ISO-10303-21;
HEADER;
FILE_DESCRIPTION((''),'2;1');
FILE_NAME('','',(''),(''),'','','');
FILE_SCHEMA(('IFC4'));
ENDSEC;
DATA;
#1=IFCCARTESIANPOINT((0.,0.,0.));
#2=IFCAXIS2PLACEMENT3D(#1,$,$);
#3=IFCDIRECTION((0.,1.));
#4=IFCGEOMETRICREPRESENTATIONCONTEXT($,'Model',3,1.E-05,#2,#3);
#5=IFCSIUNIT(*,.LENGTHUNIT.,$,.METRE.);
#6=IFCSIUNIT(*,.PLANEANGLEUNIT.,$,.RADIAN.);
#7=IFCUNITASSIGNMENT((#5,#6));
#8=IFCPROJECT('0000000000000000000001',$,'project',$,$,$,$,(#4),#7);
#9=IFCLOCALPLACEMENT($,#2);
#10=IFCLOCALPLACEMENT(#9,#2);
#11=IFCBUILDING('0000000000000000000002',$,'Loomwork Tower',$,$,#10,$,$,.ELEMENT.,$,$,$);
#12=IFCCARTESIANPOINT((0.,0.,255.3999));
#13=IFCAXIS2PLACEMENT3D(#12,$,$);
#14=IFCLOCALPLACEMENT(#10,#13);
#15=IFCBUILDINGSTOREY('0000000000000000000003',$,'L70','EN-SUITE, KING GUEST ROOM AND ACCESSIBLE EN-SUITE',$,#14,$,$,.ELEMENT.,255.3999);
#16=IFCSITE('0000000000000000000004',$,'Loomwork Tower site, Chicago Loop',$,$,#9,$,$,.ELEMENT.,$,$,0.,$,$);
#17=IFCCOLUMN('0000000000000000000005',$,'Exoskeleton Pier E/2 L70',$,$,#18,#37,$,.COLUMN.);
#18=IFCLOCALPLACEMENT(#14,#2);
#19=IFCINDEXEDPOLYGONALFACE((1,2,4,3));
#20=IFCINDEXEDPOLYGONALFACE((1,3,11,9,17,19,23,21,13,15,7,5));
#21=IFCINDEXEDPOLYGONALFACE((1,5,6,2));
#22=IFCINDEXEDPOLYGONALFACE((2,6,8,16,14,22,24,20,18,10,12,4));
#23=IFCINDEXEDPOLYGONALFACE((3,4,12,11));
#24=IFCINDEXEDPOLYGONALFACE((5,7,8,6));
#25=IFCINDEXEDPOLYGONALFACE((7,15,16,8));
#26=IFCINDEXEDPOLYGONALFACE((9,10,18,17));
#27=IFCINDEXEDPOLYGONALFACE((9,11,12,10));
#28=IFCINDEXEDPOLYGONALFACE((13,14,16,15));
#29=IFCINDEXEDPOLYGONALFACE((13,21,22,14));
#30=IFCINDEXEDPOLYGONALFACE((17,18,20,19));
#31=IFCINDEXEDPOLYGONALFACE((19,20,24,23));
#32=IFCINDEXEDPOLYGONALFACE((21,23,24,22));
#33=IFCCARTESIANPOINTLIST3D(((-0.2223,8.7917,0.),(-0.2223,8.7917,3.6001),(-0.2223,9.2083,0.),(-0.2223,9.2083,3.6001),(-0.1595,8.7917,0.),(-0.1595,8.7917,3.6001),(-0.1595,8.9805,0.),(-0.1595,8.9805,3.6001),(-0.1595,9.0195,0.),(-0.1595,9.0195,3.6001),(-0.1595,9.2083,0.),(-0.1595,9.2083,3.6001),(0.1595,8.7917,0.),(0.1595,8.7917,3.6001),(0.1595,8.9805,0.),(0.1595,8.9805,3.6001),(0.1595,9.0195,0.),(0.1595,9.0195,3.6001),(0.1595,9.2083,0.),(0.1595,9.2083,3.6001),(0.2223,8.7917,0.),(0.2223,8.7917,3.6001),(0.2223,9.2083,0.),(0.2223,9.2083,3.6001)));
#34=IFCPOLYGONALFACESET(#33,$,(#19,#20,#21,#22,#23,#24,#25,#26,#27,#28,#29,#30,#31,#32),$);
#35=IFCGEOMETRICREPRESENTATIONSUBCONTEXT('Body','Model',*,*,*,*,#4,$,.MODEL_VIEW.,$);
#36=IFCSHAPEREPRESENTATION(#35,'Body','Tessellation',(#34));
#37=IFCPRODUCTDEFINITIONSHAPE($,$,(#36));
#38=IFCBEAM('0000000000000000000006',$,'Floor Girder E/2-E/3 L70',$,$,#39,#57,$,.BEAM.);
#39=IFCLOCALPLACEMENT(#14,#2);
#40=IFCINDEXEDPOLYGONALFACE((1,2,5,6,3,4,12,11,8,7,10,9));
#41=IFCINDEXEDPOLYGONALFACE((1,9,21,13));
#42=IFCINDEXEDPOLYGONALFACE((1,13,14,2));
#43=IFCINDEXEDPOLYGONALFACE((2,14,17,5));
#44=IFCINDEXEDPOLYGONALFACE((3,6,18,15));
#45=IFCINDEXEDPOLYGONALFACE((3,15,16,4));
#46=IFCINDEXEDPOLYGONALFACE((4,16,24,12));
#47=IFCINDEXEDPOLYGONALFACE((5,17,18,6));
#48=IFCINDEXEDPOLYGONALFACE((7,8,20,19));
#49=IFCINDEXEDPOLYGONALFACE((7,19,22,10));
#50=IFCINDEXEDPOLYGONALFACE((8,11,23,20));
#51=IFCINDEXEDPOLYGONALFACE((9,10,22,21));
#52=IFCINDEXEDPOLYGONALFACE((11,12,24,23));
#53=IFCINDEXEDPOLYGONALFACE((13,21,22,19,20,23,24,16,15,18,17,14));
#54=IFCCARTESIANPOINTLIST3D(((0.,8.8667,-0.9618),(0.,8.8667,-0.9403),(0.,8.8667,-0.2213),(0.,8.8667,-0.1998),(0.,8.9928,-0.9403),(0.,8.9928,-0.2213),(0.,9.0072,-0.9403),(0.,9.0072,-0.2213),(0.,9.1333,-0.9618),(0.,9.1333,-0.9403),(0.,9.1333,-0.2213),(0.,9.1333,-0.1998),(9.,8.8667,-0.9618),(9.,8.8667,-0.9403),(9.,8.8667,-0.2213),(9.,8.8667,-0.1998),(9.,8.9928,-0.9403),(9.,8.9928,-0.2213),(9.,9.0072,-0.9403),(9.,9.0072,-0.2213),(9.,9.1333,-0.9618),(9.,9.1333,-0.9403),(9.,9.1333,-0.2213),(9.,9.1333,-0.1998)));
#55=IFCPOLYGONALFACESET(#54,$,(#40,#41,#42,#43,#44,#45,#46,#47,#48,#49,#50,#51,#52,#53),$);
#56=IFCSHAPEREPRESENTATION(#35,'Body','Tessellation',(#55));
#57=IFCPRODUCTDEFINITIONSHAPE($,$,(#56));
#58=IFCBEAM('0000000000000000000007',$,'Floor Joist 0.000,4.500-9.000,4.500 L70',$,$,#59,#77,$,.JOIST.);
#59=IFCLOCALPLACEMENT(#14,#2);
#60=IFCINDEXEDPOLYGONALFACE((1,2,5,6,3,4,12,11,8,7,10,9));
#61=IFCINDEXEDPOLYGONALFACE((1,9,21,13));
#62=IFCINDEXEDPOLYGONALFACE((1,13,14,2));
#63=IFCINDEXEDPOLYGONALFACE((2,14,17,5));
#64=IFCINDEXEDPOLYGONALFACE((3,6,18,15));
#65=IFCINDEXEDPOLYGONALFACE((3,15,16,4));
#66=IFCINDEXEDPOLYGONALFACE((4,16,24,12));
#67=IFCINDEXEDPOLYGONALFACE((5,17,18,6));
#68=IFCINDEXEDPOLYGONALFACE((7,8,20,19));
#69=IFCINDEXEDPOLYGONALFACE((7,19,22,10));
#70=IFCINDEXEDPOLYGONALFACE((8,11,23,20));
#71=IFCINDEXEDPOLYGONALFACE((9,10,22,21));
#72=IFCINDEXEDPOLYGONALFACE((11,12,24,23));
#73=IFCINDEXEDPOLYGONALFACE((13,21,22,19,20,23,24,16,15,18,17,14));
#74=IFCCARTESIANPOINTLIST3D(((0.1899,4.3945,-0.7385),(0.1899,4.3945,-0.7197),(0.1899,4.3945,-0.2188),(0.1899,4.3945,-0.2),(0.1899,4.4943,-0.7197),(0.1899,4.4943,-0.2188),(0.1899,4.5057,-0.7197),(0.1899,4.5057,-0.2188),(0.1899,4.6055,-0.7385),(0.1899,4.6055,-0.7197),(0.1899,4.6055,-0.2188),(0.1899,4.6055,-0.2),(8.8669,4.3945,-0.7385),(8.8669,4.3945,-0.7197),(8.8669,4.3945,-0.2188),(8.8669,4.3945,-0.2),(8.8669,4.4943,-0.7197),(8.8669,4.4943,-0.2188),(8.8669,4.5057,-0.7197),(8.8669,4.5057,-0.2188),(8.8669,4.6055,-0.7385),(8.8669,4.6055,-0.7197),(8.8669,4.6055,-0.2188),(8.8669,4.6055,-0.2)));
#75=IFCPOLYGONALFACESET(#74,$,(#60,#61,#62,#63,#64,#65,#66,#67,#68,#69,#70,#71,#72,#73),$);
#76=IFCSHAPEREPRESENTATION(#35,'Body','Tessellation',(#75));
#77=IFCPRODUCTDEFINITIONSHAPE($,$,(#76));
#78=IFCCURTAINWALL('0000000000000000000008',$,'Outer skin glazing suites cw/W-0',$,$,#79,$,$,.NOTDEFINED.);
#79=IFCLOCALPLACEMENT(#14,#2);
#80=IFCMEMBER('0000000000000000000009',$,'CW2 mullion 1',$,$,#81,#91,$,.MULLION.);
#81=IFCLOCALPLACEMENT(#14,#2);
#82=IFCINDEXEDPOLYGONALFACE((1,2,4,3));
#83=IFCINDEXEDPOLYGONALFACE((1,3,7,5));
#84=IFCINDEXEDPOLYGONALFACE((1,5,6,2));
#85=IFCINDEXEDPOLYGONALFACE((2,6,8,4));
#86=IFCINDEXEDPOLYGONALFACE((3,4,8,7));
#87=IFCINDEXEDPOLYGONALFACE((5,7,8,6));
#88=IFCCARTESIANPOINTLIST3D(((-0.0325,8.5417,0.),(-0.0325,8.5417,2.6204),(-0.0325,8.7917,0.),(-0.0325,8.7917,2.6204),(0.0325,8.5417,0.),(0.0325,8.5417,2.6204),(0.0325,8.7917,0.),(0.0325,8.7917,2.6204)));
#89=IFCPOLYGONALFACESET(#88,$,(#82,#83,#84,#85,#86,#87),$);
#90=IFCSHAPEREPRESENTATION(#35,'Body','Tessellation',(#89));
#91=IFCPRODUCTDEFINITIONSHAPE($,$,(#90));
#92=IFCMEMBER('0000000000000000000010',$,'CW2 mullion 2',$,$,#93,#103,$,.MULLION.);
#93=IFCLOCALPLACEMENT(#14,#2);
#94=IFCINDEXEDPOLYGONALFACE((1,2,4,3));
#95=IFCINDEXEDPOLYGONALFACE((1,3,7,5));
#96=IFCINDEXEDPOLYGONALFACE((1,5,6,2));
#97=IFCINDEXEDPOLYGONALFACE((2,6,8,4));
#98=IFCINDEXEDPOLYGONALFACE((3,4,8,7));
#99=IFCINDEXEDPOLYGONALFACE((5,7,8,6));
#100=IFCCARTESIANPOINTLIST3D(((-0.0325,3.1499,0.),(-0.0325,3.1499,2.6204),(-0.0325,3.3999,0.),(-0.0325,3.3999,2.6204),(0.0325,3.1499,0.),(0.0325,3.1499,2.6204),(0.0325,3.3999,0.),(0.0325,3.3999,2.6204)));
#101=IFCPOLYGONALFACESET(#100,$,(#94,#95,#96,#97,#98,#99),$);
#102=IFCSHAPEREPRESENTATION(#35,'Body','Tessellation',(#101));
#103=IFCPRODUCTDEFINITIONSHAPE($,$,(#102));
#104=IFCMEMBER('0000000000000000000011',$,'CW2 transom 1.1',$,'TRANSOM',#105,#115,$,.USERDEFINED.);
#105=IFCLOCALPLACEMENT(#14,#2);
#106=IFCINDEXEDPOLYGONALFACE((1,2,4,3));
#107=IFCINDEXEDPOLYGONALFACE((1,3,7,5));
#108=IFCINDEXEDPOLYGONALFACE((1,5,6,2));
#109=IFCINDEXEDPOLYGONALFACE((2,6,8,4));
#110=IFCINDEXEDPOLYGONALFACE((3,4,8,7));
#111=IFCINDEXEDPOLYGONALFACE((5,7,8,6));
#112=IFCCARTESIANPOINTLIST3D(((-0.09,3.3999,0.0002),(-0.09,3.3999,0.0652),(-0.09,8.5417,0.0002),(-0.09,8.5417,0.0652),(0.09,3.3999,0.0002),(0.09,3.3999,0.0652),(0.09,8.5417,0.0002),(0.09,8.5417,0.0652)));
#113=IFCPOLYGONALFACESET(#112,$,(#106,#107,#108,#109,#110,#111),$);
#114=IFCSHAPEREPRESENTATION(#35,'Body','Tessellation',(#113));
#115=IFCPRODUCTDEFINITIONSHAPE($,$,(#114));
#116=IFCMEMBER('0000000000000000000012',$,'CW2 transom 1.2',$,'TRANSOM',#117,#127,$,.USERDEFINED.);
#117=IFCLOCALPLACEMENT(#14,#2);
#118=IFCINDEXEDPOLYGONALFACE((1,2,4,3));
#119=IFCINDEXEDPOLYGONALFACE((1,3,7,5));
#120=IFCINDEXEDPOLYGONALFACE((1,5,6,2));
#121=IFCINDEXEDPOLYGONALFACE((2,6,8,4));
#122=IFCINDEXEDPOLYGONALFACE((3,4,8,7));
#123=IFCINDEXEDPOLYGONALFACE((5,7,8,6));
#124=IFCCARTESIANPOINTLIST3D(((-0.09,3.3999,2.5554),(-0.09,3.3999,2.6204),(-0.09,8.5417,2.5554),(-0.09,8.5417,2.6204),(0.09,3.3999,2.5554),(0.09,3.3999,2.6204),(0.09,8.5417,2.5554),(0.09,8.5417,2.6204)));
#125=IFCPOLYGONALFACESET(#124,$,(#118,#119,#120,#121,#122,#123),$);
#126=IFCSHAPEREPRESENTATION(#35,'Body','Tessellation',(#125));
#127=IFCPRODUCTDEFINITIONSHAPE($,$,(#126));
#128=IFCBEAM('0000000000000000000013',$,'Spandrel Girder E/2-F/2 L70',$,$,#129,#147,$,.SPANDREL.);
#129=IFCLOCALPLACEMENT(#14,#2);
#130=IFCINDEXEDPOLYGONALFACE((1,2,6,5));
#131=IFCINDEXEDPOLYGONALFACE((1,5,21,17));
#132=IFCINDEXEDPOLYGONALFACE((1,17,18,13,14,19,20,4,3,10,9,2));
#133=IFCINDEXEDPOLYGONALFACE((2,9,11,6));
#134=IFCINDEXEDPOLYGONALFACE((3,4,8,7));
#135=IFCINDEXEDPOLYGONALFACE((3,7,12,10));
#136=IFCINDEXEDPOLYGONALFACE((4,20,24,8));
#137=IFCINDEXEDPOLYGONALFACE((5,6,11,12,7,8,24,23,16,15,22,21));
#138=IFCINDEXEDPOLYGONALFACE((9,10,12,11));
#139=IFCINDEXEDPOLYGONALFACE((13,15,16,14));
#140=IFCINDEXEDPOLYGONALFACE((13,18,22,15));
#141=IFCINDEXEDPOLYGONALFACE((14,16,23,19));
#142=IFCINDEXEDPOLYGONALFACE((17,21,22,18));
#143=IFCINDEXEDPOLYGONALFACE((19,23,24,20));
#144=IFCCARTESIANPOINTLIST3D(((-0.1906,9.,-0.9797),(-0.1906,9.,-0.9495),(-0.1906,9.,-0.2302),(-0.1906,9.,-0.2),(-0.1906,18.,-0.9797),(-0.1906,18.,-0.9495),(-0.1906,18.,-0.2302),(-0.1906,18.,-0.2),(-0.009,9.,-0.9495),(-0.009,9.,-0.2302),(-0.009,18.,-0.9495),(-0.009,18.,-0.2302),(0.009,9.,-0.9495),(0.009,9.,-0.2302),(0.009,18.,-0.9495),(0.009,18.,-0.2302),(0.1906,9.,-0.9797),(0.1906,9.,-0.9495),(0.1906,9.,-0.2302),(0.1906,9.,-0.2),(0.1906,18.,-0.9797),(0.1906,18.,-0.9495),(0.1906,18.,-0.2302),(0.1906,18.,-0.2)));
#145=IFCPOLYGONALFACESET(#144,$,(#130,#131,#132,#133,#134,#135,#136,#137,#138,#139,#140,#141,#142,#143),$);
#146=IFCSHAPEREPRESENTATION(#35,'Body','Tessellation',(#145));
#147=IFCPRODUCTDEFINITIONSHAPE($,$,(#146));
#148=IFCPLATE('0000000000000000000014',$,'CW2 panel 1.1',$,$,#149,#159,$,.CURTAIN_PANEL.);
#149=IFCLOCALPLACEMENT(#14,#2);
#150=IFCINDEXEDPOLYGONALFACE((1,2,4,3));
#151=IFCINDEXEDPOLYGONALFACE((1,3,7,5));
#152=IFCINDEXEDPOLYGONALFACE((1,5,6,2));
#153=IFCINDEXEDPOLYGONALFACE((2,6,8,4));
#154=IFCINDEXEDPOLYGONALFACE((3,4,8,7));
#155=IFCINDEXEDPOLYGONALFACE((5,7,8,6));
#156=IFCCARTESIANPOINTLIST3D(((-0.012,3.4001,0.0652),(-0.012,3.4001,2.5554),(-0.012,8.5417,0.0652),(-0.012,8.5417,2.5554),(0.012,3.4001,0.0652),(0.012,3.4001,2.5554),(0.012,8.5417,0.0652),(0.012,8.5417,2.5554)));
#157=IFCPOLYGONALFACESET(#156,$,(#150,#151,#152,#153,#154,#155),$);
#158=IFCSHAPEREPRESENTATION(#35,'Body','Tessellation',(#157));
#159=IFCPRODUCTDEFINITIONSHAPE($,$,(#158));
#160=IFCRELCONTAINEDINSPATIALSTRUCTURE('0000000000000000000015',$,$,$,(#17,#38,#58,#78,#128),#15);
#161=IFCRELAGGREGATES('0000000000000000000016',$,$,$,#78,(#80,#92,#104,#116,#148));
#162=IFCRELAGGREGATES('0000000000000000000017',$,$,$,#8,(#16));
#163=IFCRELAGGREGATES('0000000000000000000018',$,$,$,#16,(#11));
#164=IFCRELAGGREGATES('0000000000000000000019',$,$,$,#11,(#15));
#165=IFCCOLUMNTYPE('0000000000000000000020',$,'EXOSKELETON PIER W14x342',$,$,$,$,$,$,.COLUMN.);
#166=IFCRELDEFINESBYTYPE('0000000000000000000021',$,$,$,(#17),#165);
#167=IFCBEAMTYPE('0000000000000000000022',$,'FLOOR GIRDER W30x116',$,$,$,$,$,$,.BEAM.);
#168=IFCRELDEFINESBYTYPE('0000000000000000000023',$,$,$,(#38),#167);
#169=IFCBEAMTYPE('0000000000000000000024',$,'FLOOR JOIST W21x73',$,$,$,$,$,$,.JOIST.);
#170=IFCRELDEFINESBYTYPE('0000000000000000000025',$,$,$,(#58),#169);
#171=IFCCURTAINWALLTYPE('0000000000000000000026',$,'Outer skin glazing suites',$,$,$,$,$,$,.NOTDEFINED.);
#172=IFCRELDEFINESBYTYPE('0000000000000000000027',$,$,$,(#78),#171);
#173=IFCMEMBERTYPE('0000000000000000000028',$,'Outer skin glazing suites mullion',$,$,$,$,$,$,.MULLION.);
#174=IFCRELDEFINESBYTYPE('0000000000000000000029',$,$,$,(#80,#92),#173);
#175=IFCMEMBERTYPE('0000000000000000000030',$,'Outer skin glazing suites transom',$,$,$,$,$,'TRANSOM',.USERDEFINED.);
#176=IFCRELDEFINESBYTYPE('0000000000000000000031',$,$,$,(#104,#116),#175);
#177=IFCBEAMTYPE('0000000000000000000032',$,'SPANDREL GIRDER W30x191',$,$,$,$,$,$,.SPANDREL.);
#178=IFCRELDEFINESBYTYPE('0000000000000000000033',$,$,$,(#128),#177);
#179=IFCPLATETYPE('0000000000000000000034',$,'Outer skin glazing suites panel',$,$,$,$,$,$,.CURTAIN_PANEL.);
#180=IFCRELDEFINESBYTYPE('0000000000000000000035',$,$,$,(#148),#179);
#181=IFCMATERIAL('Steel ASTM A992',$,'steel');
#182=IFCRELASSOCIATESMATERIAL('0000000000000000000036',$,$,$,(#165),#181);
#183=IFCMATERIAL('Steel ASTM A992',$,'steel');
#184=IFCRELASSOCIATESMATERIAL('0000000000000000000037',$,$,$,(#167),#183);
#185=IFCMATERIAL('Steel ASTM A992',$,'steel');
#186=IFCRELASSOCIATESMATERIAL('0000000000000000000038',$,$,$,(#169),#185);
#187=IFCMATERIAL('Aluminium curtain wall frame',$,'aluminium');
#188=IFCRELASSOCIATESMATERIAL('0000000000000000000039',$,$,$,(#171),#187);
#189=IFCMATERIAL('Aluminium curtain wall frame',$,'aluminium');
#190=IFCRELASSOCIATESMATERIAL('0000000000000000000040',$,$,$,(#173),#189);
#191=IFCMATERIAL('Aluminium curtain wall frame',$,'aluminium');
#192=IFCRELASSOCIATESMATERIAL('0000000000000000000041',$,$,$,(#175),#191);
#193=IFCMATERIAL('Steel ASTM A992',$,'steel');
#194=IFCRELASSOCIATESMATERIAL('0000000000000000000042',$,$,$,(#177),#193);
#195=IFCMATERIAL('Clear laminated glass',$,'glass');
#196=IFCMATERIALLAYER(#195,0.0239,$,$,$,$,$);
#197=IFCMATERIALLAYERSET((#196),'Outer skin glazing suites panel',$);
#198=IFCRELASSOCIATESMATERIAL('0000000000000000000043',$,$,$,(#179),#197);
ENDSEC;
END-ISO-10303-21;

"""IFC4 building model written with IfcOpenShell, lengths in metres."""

from ifc_helpers import new_model, si_unit, direction, frame, origin, origin_2d, place, context, subcontext, project, spatial, rectangle, i_section, extrude, material, layer, layer_set, material_profile, profile_set, type_object, element, aggregate, save


model = new_model("IFC4")

# Units and contexts
model_context = context("Model", 3, precision=1e-05, world=origin(), true_north=direction((0.0, 1.0)))
body_context = subcontext(model_context, "Body", "Model", "MODEL_VIEW")
ifc_project = project(units=[si_unit("LENGTHUNIT", "METRE"), si_unit("PLANEANGLEUNIT", "RADIAN")], contexts=[model_context])

# Site, building, storey
site_placement = place(None, origin())
site = spatial("IfcSite", under=ifc_project, at=site_placement, Name="Loomwork Tower site, Chicago Loop", CompositionType="ELEMENT", RefElevation=0.0)
building_placement = place(site_placement, origin())
building = spatial("IfcBuilding", under=site, at=building_placement, Name="Loomwork Tower", CompositionType="ELEMENT")
storey_placement = place(building_placement, frame((0.0, 0.0, 255.3999)))
storey = spatial("IfcBuildingStorey", under=building, at=storey_placement, Name="L70", Description="EN-SUITE, KING GUEST ROOM AND ACCESSIBLE EN-SUITE", CompositionType="ELEMENT", Elevation=255.3999)

# Column
ifc_material_1 = material(Name="Steel ASTM A992", Category="steel")
ifc_material_profile_1 = material_profile(ifc_material_1, i_section(OverallWidth=0.4165, OverallDepth=0.4446, WebThickness=0.0391, FlangeThickness=0.0627, at=origin_2d()), Name="W14x342")
ifc_profile_set_1 = profile_set([ifc_material_profile_1], Name="Steel ASTM A992")
column_type = type_object("IfcColumnType", Name="EXOSKELETON PIER W14x342", PredefinedType="COLUMN", material=ifc_profile_set_1)
column_placement = place(storey_placement, frame((0.0, 9.0, 0.0), z_axis=(0.0, 0.0, 1.0), x_axis=(0.0, 1.0, 0.0)))
element("IfcColumn", 1, at=column_placement, inside=storey, type_object=column_type, Name="Exoskeleton Pier E/2 L70", PredefinedType="COLUMN", context=body_context, shape_type="SweptSolid", body=[
    extrude(i_section(OverallWidth=0.4165, OverallDepth=0.4446, WebThickness=0.0391, FlangeThickness=0.0627, at=origin_2d()), origin(), (0.0, 0.0, 1.0), 3.6001),
])

# Beams
ifc_material_2 = material(Name="Steel ASTM A992", Category="steel")
ifc_material_profile_2 = material_profile(ifc_material_2, i_section(OverallWidth=0.2666, OverallDepth=0.762, WebThickness=0.0144, FlangeThickness=0.0215, at=origin_2d()), Name="W30x116")
ifc_profile_set_2 = profile_set([ifc_material_profile_2], Name="Steel ASTM A992")
beam_type_1 = type_object("IfcBeamType", Name="FLOOR GIRDER W30x116", PredefinedType="BEAM", material=ifc_profile_set_2)
beam_1_placement = place(storey_placement, frame((0.0, 9.0, -0.5808), z_axis=(1.0, 0.0, 0.0), x_axis=(0.0, 1.0, 0.0)))
element("IfcBeam", 2, at=beam_1_placement, inside=storey, type_object=beam_type_1, Name="Floor Girder E/2-E/3 L70", PredefinedType="BEAM", context=body_context, shape_type="SweptSolid", body=[
    extrude(i_section(OverallWidth=0.2666, OverallDepth=0.762, WebThickness=0.0144, FlangeThickness=0.0215, at=origin_2d()), origin(), (0.0, 0.0, 1.0), 9.0),
])
ifc_material_3 = material(Name="Steel ASTM A992", Category="steel")
ifc_material_profile_3 = material_profile(ifc_material_3, i_section(OverallWidth=0.2109, OverallDepth=0.5386, WebThickness=0.0115, FlangeThickness=0.0188, at=origin_2d()), Name="W21x73")
ifc_profile_set_3 = profile_set([ifc_material_profile_3], Name="Steel ASTM A992")
beam_type_2 = type_object("IfcBeamType", Name="FLOOR JOIST W21x73", PredefinedType="JOIST", material=ifc_profile_set_3)
beam_2_placement = place(storey_placement, frame((0.1899, 4.5, -0.4692), z_axis=(1.0, 0.0, 0.0), x_axis=(0.0, 1.0, 0.0)))
element("IfcBeam", 3, at=beam_2_placement, inside=storey, type_object=beam_type_2, Name="Floor Joist 0.000,4.500-9.000,4.500 L70", PredefinedType="JOIST", context=body_context, shape_type="SweptSolid", body=[
    extrude(i_section(OverallWidth=0.2109, OverallDepth=0.5386, WebThickness=0.0115, FlangeThickness=0.0188, at=origin_2d()), origin(), (0.0, 0.0, 1.0), 8.677),
])

# Curtain wall, members
ifc_material_4 = material(Name="Aluminium curtain wall frame", Category="aluminium")
curtain_wall_type = type_object("IfcCurtainWallType", Name="Outer skin glazing suites", PredefinedType="NOTDEFINED", material=ifc_material_4)
curtain_wall_placement = place(storey_placement, origin())
curtain_wall = element("IfcCurtainWall", 4, at=curtain_wall_placement, inside=storey, type_object=curtain_wall_type, Name="Outer skin glazing suites cw/W-0", PredefinedType="NOTDEFINED")
ifc_material_5 = material(Name="Aluminium curtain wall frame", Category="aluminium")
ifc_material_profile_4 = material_profile(ifc_material_5, rectangle(XDim=0.0649, YDim=0.25, at=origin_2d()), Name="AL 65x250")
ifc_profile_set_4 = profile_set([ifc_material_profile_4], Name="Aluminium curtain wall frame")
member_type_1 = type_object("IfcMemberType", Name="Outer skin glazing suites mullion", PredefinedType="MULLION", material=ifc_profile_set_4)
member_1_placement = place(storey_placement, frame((0.0, 8.6667, 0.0), z_axis=(0.0, 0.0, 1.0), x_axis=(1.0, 0.0, 0.0)))
member_1 = element("IfcMember", 5, at=member_1_placement, type_object=member_type_1, Name="CW2 mullion 1", PredefinedType="MULLION", context=body_context, shape_type="SweptSolid", body=[
    extrude(rectangle(XDim=0.0649, YDim=0.25, at=origin_2d()), origin(), (0.0, 0.0, 1.0), 2.6204),
])
member_2_placement = place(storey_placement, frame((0.0, 3.2749, 0.0), z_axis=(0.0, 0.0, 1.0), x_axis=(1.0, 0.0, 0.0)))
member_2 = element("IfcMember", 6, at=member_2_placement, type_object=member_type_1, Name="CW2 mullion 2", PredefinedType="MULLION", context=body_context, shape_type="SweptSolid", body=[
    extrude(rectangle(XDim=0.0649, YDim=0.25, at=origin_2d()), origin(), (0.0, 0.0, 1.0), 2.6204),
])
ifc_material_6 = material(Name="Aluminium curtain wall frame", Category="aluminium")
ifc_material_profile_5 = material_profile(ifc_material_6, rectangle(XDim=0.1799, YDim=0.0649, at=origin_2d()), Name="AL 65x180")
ifc_profile_set_5 = profile_set([ifc_material_profile_5], Name="Aluminium curtain wall frame")
member_type_2 = type_object("IfcMemberType", Name="Outer skin glazing suites transom", ElementType="TRANSOM", PredefinedType="USERDEFINED", material=ifc_profile_set_5)
member_3_placement = place(storey_placement, frame((0.0, 8.5417, 0.0327), z_axis=(0.0, -1.0, 0.0), x_axis=(1.0, 0.0, 0.0)))
member_3 = element("IfcMember", 7, at=member_3_placement, type_object=member_type_2, Name="CW2 transom 1.1", ObjectType="TRANSOM", PredefinedType="USERDEFINED", context=body_context, shape_type="SweptSolid", body=[
    extrude(rectangle(XDim=0.1799, YDim=0.0649, at=origin_2d()), origin(), (0.0, 0.0, 1.0), 5.1418),
])
member_4_placement = place(storey_placement, frame((0.0, 8.5417, 2.5879), z_axis=(0.0, -1.0, 0.0), x_axis=(1.0, 0.0, 0.0)))
member_4 = element("IfcMember", 8, at=member_4_placement, type_object=member_type_2, Name="CW2 transom 1.2", ObjectType="TRANSOM", PredefinedType="USERDEFINED", context=body_context, shape_type="SweptSolid", body=[
    extrude(rectangle(XDim=0.1799, YDim=0.0649, at=origin_2d()), origin(), (0.0, 0.0, 1.0), 5.1418),
])

# Beam
ifc_material_7 = material(Name="Steel ASTM A992", Category="steel")
ifc_material_profile_6 = material_profile(ifc_material_7, i_section(OverallWidth=0.3811, OverallDepth=0.7798, WebThickness=0.0181, FlangeThickness=0.0303, at=origin_2d()), Name="W30x191")
ifc_profile_set_6 = profile_set([ifc_material_profile_6], Name="Steel ASTM A992")
beam_type_3 = type_object("IfcBeamType", Name="SPANDREL GIRDER W30x191", PredefinedType="SPANDREL", material=ifc_profile_set_6)
beam_3_placement = place(storey_placement, frame((0.0, 9.0, -0.5898), z_axis=(0.0, 1.0, 0.0), x_axis=(-1.0, 0.0, 0.0)))
element("IfcBeam", 9, at=beam_3_placement, inside=storey, type_object=beam_type_3, Name="Spandrel Girder E/2-F/2 L70", PredefinedType="SPANDREL", context=body_context, shape_type="SweptSolid", body=[
    extrude(i_section(OverallWidth=0.3811, OverallDepth=0.7798, WebThickness=0.0181, FlangeThickness=0.0303, at=origin_2d()), origin(), (0.0, 0.0, 1.0), 9.0),
])

# Plate
ifc_material_8 = material(Name="Clear laminated glass", Category="glass")
ifc_layer_1 = layer(ifc_material_8, 0.0239)
ifc_layer_set_1 = layer_set([ifc_layer_1], Name="Outer skin glazing suites panel")
plate_type = type_object("IfcPlateType", Name="Outer skin glazing suites panel", PredefinedType="CURTAIN_PANEL", material=ifc_layer_set_1)
plate_placement = place(storey_placement, frame((0.0, 5.9709, 0.0652), z_axis=(0.0, 0.0, 1.0), x_axis=(0.0, -1.0, 0.0)))
plate = element("IfcPlate", 10, at=plate_placement, type_object=plate_type, Name="CW2 panel 1.1", PredefinedType="CURTAIN_PANEL", context=body_context, shape_type="SweptSolid", body=[
    extrude(rectangle(XDim=5.1416, YDim=0.0239, at=origin_2d()), origin(), (0.0, 0.0, 1.0), 2.4902),
])
aggregate(curtain_wall, [member_1, member_2, member_3, member_4, plate])

save(model, "model.ifc")
